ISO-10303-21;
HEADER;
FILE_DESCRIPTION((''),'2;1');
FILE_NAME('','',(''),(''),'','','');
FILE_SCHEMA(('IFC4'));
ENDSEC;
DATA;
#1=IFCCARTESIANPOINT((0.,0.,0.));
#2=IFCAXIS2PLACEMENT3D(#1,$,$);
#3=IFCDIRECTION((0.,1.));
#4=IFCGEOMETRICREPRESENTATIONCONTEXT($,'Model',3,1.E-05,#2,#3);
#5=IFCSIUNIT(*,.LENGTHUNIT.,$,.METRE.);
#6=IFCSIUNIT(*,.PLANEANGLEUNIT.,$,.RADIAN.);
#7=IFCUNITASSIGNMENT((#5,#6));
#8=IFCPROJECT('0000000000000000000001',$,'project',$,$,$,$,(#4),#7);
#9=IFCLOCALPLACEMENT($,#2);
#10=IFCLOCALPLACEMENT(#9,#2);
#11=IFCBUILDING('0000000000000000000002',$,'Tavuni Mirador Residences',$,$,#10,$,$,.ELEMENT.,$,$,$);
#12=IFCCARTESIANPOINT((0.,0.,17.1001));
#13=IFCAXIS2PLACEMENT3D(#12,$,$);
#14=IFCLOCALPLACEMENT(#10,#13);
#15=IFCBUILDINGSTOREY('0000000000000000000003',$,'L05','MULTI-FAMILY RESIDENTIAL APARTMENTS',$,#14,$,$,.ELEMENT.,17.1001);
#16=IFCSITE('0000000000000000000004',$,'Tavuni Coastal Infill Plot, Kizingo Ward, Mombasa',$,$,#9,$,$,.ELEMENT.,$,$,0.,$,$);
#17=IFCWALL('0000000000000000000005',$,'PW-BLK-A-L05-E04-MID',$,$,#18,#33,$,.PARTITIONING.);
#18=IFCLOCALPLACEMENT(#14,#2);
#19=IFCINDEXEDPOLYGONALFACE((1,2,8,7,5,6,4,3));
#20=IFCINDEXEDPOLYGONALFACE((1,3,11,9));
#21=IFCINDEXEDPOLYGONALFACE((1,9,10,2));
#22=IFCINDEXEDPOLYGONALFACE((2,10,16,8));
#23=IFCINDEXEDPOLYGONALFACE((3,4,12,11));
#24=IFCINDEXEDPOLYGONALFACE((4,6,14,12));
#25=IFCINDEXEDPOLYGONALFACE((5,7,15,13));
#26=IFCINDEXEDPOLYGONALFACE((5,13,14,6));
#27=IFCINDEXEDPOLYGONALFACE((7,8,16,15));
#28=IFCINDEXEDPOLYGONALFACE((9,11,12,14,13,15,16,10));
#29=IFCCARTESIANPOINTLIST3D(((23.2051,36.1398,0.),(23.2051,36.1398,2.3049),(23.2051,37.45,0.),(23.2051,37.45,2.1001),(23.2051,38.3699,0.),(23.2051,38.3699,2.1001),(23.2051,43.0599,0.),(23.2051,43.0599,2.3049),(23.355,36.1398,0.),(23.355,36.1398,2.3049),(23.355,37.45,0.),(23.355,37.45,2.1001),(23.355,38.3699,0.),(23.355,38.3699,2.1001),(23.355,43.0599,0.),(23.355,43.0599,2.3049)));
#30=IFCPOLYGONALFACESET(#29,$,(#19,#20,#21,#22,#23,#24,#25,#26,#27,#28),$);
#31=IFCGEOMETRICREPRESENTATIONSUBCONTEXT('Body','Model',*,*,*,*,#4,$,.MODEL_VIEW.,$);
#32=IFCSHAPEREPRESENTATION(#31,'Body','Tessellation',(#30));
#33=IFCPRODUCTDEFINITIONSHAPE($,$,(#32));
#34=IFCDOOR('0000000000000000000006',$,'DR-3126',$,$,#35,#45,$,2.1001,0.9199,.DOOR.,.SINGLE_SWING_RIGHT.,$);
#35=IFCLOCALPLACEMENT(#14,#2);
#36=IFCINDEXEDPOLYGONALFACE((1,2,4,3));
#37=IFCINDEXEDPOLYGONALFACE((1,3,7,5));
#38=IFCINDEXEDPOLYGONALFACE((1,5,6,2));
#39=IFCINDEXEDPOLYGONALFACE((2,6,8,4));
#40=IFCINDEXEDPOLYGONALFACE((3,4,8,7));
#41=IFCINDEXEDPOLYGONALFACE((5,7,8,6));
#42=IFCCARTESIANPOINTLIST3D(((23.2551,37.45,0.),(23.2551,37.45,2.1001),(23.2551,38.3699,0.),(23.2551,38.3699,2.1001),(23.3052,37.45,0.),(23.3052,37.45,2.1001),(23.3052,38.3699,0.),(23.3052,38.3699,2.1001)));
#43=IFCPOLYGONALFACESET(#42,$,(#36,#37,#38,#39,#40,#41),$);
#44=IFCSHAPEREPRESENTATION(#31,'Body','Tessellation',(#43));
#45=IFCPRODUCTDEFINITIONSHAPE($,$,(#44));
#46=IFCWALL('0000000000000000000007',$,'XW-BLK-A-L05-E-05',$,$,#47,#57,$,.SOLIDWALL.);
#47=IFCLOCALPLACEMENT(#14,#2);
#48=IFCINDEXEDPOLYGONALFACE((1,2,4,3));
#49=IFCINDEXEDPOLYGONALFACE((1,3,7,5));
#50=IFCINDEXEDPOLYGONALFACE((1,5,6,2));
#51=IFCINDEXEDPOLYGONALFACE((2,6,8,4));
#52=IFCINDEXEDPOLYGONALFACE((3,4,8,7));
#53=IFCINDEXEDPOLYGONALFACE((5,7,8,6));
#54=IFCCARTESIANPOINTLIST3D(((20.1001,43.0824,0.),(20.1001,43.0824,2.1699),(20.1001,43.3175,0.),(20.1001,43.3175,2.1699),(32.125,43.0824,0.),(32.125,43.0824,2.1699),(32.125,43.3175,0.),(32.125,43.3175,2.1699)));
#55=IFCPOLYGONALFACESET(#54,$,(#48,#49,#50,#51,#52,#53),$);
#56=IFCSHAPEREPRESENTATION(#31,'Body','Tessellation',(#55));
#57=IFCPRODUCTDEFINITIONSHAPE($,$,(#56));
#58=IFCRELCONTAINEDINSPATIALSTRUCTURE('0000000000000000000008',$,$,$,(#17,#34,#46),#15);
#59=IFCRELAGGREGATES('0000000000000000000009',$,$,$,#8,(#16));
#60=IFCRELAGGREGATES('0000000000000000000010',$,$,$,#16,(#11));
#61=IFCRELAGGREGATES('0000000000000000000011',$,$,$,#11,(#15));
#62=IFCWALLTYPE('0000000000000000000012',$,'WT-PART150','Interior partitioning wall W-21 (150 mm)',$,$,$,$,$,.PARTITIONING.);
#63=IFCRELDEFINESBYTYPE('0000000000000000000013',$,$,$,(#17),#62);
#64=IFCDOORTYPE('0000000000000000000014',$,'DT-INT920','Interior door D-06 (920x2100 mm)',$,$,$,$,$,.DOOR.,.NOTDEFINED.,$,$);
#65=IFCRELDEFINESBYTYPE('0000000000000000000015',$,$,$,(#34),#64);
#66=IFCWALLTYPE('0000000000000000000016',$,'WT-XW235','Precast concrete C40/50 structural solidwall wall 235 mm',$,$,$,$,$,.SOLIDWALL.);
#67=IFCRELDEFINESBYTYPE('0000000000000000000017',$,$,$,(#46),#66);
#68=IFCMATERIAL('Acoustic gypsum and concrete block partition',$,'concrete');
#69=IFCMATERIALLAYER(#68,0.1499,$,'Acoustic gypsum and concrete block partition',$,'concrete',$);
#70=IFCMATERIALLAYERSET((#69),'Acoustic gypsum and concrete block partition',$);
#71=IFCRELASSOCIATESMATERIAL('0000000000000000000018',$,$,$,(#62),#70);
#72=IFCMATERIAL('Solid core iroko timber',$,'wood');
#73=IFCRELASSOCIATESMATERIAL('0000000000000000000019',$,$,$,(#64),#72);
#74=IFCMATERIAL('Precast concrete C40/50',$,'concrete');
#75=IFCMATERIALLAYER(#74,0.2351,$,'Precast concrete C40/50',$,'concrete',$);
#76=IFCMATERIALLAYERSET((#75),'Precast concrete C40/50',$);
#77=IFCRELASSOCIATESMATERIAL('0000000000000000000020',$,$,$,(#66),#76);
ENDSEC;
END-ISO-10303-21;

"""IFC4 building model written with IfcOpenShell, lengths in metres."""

from ifc_helpers import new_model, si_unit, direction, frame, frame_2d, origin, place, context, subcontext, project, spatial, rectangle, extrude, material, layer, layer_set, type_object, element, fill, save


model = new_model("IFC4")

# Units and contexts
model_context = context("Model", 3, precision=1e-05, world=origin(), true_north=direction((0.0, 1.0)))
body_context = subcontext(model_context, "Body", "Model", "MODEL_VIEW")
ifc_project = project(units=[si_unit("LENGTHUNIT", "METRE"), si_unit("PLANEANGLEUNIT", "RADIAN")], contexts=[model_context])

# Site, building, storey
site_placement = place(None, origin())
site = spatial("IfcSite", under=ifc_project, at=site_placement, Name="Tavuni Coastal Infill Plot, Kizingo Ward, Mombasa", CompositionType="ELEMENT", RefElevation=0.0)
building_placement = place(site_placement, origin())
building = spatial("IfcBuilding", under=site, at=building_placement, Name="Tavuni Mirador Residences", CompositionType="ELEMENT")
storey_placement = place(building_placement, frame((0.0, 0.0, 17.1001)))
storey = spatial("IfcBuildingStorey", under=building, at=storey_placement, Name="L05", Description="MULTI-FAMILY RESIDENTIAL APARTMENTS", CompositionType="ELEMENT", Elevation=17.1001)

# Shared definitions
ifc_material_1 = material(Name="Precast concrete C40/50", Category="concrete")

# Wall, opening, door
ifc_material_2 = material(Name="Solid core iroko timber", Category="wood")
ifc_material_3 = material(Name="Acoustic gypsum and concrete block partition", Category="concrete")
ifc_layer_1 = layer(ifc_material_3, 0.1499, Name="Acoustic gypsum and concrete block partition", Category="concrete")
ifc_layer_set_1 = layer_set([ifc_layer_1], Name="Acoustic gypsum and concrete block partition")
wall_type_1 = type_object("IfcWallType", Name="WT-PART150", Description="Interior partitioning wall W-21 (150 mm)", PredefinedType="PARTITIONING", material=ifc_layer_set_1)
wall_1_placement = place(storey_placement, frame((23.28, 36.1399, 0.0), z_axis=(0.0, 0.0, 1.0), x_axis=(0.0, 1.0, 0.0)))
wall_1 = element("IfcWall", 1, at=wall_1_placement, inside=storey, type_object=wall_type_1, Name="PW-BLK-A-L05-E04-MID", PredefinedType="PARTITIONING", context=body_context, shape_type="SweptSolid", body=[
    extrude(rectangle(XDim=6.9202, YDim=0.1499, at=frame_2d((3.46, 0.0))), origin(), (0.0, 0.0, 1.0), 2.3049),
])
opening_1_placement = place(wall_1_placement, frame((1.3101, 0.0, 0.0)))
opening_1 = element("IfcOpeningElement", 2, at=opening_1_placement, cuts=wall_1, PredefinedType="OPENING", context=body_context, shape_type="SweptSolid", body=[
    extrude(rectangle(XDim=0.9199, YDim=2.1001, at=frame_2d((0.46, 1.05))), frame((0.0, 0.085, 0.0), z_axis=(0.0, -1.0, 0.0), x_axis=(1.0, 0.0, 0.0)), (0.0, 0.0, 1.0), 0.1699),
])
door_type_1 = type_object("IfcDoorType", Name="DT-INT920", Description="Interior door D-06 (920x2100 mm)", OperationType="NOTDEFINED", PredefinedType="DOOR", material=ifc_material_2)
door_1_placement = place(opening_1_placement, origin())
door_1 = element("IfcDoor", 3, at=door_1_placement, inside=storey, type_object=door_type_1, Name="DR-3126", OperationType="SINGLE_SWING_RIGHT", OverallHeight=2.1001, OverallWidth=0.9199, PredefinedType="DOOR", context=body_context, shape_type="SweptSolid", body=[
    extrude(rectangle(XDim=0.9199, YDim=2.1001, at=frame_2d((0.46, 1.05))), frame((0.0, 0.0249, 0.0), z_axis=(0.0, -1.0, 0.0), x_axis=(1.0, 0.0, 0.0)), (0.0, 0.0, 1.0), 0.05),
])
fill(opening_1, door_1)

# Wall
ifc_layer_2 = layer(ifc_material_1, 0.2351, Name="Precast concrete C40/50", Category="concrete")
ifc_layer_set_2 = layer_set([ifc_layer_2], Name="Precast concrete C40/50")
wall_type_2 = type_object("IfcWallType", Name="WT-XW235", Description="Precast concrete C40/50 structural solidwall wall 235 mm", PredefinedType="SOLIDWALL", material=ifc_layer_set_2)
wall_2_placement = place(storey_placement, frame((20.1001, 43.2, 0.0), z_axis=(0.0, 0.0, 1.0), x_axis=(1.0, 0.0, 0.0)))
element("IfcWall", 4, at=wall_2_placement, inside=storey, type_object=wall_type_2, Name="XW-BLK-A-L05-E-05", PredefinedType="SOLIDWALL", context=body_context, shape_type="SweptSolid", body=[
    extrude(rectangle(XDim=12.0249, YDim=0.2351, at=frame_2d((6.0125, 0.0))), origin(), (0.0, 0.0, 1.0), 2.1699),
])

save(model, "model.ifc")
